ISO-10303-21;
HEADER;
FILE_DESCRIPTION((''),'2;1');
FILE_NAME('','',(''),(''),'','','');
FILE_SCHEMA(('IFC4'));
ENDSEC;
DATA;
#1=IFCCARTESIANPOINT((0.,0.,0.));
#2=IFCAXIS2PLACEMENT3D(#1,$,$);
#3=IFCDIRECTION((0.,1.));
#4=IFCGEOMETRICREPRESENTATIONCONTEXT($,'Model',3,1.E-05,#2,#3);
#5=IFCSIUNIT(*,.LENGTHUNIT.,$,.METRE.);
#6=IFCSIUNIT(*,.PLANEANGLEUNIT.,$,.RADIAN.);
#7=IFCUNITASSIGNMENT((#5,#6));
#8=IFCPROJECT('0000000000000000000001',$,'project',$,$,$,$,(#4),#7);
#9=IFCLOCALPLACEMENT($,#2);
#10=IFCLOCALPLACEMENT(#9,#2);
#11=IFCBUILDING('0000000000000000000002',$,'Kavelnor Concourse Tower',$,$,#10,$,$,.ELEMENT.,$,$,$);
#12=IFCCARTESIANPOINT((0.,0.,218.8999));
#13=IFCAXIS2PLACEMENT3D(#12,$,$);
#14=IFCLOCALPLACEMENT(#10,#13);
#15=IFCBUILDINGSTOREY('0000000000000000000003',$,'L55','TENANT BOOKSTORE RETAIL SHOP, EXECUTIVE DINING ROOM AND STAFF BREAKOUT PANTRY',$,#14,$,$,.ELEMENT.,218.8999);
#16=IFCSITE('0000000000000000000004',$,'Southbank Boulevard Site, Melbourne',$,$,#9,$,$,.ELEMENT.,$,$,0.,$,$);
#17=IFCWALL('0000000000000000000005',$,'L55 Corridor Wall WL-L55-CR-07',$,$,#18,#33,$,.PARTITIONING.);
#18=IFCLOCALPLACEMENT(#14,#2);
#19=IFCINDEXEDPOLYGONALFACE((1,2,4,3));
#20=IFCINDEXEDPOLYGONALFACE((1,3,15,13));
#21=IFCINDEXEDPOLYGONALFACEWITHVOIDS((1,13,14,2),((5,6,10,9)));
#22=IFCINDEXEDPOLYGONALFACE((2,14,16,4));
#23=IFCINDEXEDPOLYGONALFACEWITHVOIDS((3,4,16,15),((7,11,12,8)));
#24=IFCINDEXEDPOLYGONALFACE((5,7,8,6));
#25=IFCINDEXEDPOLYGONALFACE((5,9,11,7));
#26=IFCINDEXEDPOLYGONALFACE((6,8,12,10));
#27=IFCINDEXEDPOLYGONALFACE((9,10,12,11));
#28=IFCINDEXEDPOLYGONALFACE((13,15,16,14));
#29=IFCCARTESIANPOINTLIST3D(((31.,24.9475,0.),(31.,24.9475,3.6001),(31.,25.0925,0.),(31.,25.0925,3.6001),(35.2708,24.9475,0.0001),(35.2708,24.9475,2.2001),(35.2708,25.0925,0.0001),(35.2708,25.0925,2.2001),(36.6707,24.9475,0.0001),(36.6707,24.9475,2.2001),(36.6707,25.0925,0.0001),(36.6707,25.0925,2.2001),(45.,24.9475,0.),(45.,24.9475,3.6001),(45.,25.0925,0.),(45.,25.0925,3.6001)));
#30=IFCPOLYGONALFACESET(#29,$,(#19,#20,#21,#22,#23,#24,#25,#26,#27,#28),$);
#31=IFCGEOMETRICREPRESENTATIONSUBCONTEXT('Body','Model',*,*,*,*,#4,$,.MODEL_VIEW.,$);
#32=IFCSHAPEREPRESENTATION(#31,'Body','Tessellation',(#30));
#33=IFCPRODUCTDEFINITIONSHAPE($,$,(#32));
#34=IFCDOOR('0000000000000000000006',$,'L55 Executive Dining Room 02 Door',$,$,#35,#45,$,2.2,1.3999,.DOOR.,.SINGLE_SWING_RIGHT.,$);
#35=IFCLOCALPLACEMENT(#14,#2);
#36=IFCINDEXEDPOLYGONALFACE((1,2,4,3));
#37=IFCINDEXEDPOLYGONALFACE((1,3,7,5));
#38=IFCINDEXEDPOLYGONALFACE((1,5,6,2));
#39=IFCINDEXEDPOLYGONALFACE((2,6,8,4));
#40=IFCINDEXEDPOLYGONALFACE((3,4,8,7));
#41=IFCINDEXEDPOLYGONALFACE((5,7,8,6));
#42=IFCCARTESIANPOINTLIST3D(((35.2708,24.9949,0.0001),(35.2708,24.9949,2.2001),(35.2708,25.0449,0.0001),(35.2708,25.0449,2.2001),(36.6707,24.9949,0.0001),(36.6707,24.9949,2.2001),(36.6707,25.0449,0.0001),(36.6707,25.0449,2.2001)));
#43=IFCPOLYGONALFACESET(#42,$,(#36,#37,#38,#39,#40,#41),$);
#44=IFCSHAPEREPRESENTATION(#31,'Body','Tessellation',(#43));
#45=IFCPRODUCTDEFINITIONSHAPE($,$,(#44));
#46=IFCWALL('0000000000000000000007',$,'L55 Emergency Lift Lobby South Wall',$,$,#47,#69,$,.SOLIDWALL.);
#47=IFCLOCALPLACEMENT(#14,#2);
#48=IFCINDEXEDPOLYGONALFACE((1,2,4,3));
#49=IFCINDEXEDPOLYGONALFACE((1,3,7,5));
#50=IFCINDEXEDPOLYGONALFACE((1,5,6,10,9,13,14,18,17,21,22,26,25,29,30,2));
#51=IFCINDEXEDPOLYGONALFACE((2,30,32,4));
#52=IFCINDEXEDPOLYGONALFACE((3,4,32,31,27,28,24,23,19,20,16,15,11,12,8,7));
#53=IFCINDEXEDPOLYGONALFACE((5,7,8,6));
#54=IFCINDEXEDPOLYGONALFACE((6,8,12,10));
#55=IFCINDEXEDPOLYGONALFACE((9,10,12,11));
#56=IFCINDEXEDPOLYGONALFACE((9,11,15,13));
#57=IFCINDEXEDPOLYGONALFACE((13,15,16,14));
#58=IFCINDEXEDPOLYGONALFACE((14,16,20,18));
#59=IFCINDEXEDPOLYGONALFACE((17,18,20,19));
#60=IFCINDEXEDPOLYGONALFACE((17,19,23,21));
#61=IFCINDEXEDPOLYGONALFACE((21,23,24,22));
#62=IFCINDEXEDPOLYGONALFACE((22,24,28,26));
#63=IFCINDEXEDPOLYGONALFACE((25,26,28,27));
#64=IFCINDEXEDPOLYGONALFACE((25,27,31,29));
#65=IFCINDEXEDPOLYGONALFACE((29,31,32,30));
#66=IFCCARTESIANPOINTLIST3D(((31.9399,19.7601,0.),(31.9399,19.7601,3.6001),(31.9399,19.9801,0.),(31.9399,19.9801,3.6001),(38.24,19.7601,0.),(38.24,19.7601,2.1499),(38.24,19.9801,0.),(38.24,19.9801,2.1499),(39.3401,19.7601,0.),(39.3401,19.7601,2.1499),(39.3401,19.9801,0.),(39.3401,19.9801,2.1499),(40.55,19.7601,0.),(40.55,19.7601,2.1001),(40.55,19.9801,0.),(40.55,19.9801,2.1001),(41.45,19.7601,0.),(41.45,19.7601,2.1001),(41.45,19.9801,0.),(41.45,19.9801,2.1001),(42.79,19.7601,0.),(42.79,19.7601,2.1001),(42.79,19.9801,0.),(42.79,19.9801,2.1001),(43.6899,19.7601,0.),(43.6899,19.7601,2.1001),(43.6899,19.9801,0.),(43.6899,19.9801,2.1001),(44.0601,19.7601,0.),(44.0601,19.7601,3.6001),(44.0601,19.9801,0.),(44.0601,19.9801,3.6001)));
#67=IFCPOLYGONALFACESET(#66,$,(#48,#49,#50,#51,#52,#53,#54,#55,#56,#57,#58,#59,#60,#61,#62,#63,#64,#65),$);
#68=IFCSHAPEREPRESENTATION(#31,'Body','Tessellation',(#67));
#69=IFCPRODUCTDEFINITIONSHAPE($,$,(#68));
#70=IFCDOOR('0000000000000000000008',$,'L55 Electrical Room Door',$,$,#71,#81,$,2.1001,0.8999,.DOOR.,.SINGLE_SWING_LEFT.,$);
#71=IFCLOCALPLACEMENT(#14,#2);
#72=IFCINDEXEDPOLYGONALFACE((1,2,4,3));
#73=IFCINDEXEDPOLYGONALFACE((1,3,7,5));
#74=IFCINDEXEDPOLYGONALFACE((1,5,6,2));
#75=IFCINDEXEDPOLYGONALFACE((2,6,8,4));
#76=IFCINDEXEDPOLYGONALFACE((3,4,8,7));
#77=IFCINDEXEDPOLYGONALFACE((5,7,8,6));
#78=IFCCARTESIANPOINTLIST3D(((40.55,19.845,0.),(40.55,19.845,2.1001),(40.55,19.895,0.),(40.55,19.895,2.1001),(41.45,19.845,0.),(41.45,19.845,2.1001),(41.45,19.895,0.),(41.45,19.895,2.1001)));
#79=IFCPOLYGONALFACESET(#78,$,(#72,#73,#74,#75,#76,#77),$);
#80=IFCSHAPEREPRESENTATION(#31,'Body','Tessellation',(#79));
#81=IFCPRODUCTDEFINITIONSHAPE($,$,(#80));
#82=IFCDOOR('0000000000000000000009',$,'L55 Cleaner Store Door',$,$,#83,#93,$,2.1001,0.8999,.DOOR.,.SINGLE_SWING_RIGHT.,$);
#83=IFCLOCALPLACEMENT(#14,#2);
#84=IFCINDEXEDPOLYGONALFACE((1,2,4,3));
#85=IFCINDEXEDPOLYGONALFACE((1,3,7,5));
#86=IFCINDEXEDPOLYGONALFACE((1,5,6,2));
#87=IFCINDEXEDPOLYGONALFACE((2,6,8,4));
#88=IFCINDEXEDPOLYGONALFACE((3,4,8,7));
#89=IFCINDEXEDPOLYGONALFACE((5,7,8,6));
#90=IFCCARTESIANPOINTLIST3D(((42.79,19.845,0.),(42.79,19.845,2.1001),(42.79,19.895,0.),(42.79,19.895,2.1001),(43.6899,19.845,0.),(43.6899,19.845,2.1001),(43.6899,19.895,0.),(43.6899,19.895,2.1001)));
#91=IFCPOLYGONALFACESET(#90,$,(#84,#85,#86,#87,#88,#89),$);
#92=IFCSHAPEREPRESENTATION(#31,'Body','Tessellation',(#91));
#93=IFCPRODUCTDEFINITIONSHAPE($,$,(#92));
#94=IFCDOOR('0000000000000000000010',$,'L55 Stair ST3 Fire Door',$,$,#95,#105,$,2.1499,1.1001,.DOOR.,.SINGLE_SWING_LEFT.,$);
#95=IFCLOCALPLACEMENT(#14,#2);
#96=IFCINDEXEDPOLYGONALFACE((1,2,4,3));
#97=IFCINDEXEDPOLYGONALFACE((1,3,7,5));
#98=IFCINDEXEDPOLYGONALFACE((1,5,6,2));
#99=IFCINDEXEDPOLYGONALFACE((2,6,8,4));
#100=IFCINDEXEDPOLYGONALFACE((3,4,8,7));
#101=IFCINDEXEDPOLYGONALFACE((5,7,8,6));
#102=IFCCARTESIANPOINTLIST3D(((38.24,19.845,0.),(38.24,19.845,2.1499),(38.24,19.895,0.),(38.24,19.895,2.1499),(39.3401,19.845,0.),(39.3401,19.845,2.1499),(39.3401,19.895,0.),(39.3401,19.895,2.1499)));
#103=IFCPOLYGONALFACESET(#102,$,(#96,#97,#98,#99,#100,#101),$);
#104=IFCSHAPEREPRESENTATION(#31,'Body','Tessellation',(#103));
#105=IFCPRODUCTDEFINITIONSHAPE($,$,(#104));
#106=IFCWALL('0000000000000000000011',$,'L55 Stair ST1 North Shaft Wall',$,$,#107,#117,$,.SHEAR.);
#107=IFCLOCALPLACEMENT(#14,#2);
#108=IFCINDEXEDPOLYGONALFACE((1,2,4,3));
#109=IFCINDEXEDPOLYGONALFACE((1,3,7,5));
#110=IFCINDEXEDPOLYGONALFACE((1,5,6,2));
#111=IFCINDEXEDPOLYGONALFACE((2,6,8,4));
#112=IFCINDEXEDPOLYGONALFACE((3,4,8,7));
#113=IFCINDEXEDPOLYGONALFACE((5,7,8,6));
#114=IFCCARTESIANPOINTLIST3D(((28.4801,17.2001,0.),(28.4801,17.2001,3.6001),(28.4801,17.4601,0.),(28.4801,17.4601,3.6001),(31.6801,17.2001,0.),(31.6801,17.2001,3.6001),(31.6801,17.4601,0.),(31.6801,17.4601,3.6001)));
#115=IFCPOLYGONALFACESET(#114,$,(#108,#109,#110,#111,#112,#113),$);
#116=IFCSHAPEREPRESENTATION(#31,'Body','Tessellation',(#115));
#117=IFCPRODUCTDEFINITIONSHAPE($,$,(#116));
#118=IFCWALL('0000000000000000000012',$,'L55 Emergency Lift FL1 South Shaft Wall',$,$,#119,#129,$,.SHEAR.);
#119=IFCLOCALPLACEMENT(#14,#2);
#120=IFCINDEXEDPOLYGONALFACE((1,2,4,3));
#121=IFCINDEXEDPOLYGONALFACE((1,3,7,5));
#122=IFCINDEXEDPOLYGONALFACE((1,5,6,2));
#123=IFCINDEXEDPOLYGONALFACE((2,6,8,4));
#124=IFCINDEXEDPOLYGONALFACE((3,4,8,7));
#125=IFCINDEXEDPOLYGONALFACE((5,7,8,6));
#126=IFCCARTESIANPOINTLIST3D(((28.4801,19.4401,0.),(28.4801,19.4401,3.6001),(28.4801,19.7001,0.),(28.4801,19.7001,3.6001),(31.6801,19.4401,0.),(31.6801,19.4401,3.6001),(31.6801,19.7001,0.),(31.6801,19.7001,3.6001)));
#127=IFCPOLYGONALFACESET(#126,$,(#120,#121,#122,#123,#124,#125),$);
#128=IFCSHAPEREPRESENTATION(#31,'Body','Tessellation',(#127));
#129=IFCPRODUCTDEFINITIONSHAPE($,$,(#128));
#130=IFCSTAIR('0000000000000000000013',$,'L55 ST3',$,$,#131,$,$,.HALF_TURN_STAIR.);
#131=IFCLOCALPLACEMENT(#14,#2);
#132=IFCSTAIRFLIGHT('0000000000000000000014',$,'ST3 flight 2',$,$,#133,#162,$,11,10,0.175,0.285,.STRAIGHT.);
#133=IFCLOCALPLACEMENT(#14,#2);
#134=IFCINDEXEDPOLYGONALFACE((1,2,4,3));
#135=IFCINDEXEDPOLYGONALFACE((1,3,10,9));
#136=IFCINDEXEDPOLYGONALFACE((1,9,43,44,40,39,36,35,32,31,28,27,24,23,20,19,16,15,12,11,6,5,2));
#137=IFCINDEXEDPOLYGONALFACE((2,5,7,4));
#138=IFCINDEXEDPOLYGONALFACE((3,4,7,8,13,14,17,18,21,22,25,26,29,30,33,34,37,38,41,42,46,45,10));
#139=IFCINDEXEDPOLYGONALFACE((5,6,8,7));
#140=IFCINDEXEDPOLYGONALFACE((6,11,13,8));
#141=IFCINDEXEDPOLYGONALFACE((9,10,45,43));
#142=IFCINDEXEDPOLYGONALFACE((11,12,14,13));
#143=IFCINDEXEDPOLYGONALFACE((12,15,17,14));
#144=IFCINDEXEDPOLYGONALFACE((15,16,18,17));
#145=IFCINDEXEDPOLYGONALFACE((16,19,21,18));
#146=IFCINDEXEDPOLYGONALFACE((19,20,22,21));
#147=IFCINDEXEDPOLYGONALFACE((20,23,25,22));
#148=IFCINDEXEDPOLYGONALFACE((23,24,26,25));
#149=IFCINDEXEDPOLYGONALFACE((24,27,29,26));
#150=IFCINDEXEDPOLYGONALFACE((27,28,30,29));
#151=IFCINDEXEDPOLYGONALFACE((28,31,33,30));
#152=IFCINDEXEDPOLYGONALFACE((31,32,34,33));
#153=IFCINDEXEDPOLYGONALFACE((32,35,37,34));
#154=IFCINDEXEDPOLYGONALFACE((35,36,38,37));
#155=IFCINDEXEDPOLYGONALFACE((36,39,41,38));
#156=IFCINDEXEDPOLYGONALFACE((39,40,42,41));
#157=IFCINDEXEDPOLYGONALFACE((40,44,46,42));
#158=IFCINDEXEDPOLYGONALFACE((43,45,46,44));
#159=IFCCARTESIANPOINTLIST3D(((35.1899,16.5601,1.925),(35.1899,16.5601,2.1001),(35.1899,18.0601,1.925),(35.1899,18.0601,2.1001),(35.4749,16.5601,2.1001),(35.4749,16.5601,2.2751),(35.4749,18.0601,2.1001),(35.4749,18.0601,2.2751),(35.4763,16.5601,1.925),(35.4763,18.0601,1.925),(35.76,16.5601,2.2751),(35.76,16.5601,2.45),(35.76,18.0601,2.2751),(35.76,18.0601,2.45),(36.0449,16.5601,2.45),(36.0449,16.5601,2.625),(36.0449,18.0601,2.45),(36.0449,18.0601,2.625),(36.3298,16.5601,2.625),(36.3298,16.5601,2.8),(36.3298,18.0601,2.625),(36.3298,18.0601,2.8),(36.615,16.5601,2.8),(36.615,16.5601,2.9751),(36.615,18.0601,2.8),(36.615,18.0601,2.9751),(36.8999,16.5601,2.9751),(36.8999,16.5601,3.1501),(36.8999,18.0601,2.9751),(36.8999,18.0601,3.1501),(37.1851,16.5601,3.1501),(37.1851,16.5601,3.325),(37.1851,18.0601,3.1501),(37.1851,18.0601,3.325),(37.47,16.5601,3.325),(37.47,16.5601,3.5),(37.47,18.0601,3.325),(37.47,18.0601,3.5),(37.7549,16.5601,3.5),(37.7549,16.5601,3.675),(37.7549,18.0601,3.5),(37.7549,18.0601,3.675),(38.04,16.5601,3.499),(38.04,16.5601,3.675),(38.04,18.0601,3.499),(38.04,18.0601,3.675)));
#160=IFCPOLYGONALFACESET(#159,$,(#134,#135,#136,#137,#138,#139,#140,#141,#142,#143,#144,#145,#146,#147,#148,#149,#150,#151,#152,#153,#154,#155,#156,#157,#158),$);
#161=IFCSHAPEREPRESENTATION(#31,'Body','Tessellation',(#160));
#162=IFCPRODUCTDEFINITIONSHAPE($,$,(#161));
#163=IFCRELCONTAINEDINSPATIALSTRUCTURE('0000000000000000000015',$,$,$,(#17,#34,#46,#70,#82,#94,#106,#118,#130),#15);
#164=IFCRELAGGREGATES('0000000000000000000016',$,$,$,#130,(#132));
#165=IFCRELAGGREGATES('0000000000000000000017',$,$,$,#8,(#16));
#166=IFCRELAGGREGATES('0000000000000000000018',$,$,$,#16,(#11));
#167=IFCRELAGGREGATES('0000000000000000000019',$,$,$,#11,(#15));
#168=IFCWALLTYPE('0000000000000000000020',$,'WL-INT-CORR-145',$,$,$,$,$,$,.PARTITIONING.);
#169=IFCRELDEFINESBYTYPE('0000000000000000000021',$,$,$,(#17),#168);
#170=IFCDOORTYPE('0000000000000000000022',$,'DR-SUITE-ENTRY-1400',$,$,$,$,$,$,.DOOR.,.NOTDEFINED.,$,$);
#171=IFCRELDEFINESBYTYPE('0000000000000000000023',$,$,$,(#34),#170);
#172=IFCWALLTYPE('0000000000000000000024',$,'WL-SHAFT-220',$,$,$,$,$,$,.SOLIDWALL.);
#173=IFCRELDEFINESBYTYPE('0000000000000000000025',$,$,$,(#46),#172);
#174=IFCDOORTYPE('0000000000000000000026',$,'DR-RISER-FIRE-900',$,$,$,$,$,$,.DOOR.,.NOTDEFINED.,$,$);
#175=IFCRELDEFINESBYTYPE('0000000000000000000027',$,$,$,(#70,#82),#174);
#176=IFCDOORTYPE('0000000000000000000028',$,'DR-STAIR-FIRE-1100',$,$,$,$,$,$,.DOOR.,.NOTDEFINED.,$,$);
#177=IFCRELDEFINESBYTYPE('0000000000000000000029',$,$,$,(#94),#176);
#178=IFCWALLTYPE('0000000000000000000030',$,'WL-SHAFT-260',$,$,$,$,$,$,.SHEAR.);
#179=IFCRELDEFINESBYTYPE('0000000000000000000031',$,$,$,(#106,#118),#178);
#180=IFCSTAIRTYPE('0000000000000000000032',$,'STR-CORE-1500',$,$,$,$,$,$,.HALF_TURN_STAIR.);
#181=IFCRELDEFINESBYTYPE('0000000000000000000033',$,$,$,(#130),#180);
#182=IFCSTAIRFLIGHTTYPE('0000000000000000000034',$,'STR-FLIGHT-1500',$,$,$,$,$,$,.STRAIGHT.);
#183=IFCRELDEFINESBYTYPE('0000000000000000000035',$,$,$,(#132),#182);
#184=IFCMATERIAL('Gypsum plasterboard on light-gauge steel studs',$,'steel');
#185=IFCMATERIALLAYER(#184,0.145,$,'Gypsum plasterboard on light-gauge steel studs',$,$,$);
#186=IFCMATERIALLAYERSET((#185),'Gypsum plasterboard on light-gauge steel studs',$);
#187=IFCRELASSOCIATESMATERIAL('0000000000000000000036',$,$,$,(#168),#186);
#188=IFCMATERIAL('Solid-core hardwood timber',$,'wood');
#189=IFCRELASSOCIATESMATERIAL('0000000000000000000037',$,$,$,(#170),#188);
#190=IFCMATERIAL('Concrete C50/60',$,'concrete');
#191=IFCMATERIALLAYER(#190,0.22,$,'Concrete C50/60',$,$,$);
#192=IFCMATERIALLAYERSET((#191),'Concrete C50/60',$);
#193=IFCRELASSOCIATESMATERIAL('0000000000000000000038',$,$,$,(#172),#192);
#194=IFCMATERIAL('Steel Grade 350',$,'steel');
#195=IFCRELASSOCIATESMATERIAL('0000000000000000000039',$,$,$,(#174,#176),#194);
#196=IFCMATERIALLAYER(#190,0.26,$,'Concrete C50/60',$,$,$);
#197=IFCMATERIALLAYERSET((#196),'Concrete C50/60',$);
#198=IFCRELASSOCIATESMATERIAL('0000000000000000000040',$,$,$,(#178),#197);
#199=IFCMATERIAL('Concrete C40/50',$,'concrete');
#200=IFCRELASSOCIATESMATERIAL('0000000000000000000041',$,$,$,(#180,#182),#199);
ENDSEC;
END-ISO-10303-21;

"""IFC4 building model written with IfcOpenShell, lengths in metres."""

from ifc_helpers import new_model, si_unit, direction, frame, frame_2d, origin, place, context, subcontext, project, spatial, polyline, rectangle, outline, extrude, material, layer, layer_set, type_object, element, fill, aggregate, save


model = new_model("IFC4")

# Units and contexts
model_context = context("Model", 3, precision=1e-05, world=origin(), true_north=direction((0.0, 1.0)))
body_context = subcontext(model_context, "Body", "Model", "MODEL_VIEW")
ifc_project = project(units=[si_unit("LENGTHUNIT", "METRE"), si_unit("PLANEANGLEUNIT", "RADIAN")], contexts=[model_context])

# Site, building, storey
site_placement = place(None, origin())
site = spatial("IfcSite", under=ifc_project, at=site_placement, Name="Southbank Boulevard Site, Melbourne", CompositionType="ELEMENT", RefElevation=0.0)
building_placement = place(site_placement, origin())
building = spatial("IfcBuilding", under=site, at=building_placement, Name="Kavelnor Concourse Tower", CompositionType="ELEMENT")
storey_placement = place(building_placement, frame((0.0, 0.0, 218.8999)))
storey = spatial("IfcBuildingStorey", under=building, at=storey_placement, Name="L55", Description="TENANT BOOKSTORE RETAIL SHOP, EXECUTIVE DINING ROOM AND STAFF BREAKOUT PANTRY", CompositionType="ELEMENT", Elevation=218.8999)

# Shared definitions
ifc_material_1 = material(Name="Steel Grade 350", Category="steel")

# Shared definitions
ifc_material_2 = material(Name="Concrete C50/60", Category="concrete")

# Shared definitions
ifc_material_3 = material(Name="Gypsum plasterboard on light-gauge steel studs", Category="steel")
ifc_layer_1 = layer(ifc_material_3, 0.145, Name="Gypsum plasterboard on light-gauge steel studs")
ifc_layer_set_1 = layer_set([ifc_layer_1], Name="Gypsum plasterboard on light-gauge steel studs")
wall_type_1 = type_object("IfcWallType", Name="WL-INT-CORR-145", PredefinedType="PARTITIONING", material=ifc_layer_set_1)

# Wall, opening, door
wall_1_placement = place(storey_placement, frame((31.0, 25.02, 0.0), z_axis=(0.0, 0.0, 1.0), x_axis=(1.0, 0.0, 0.0)))
wall_1 = element("IfcWall", 1, at=wall_1_placement, inside=storey, type_object=wall_type_1, Name="L55 Corridor Wall WL-L55-CR-07", PredefinedType="PARTITIONING", context=body_context, shape_type="SweptSolid", body=[
    extrude(rectangle(XDim=14.0, YDim=0.145, at=frame_2d((7.0, 0.0))), origin(), (0.0, 0.0, 1.0), 3.6001),
])
opening_1_placement = place(wall_1_placement, frame((4.2708, 0.0, 0.0)))
opening_1 = element("IfcOpeningElement", 2, at=opening_1_placement, cuts=wall_1, PredefinedType="OPENING", context=body_context, shape_type="SweptSolid", body=[
    extrude(rectangle(XDim=1.3999, YDim=2.2, at=frame_2d((0.7, 1.1001))), frame((0.0, 0.0825, 0.0), z_axis=(0.0, -1.0, 0.0), x_axis=(1.0, 0.0, 0.0)), (0.0, 0.0, 1.0), 0.165),
])
ifc_material_4 = material(Name="Solid-core hardwood timber", Category="wood")
door_type_1 = type_object("IfcDoorType", Name="DR-SUITE-ENTRY-1400", OperationType="NOTDEFINED", PredefinedType="DOOR", material=ifc_material_4)
door_1_placement = place(opening_1_placement, origin())
door_1 = element("IfcDoor", 3, at=door_1_placement, inside=storey, type_object=door_type_1, Name="L55 Executive Dining Room 02 Door", OperationType="SINGLE_SWING_RIGHT", OverallHeight=2.2, OverallWidth=1.3999, PredefinedType="DOOR", context=body_context, shape_type="SweptSolid", body=[
    extrude(rectangle(XDim=1.3999, YDim=2.2, at=frame_2d((0.7, 1.1001))), frame((0.0, 0.0249, 0.0), z_axis=(0.0, -1.0, 0.0), x_axis=(1.0, 0.0, 0.0)), (0.0, 0.0, 1.0), 0.05),
])
fill(opening_1, door_1)

# Wall, openings, doors
ifc_layer_2 = layer(ifc_material_2, 0.22, Name="Concrete C50/60")
ifc_layer_set_2 = layer_set([ifc_layer_2], Name="Concrete C50/60")
wall_type_2 = type_object("IfcWallType", Name="WL-SHAFT-220", PredefinedType="SOLIDWALL", material=ifc_layer_set_2)
wall_2_placement = place(storey_placement, frame((31.9399, 19.8701, 0.0), z_axis=(0.0, 0.0, 1.0), x_axis=(1.0, 0.0, 0.0)))
wall_2 = element("IfcWall", 4, at=wall_2_placement, inside=storey, type_object=wall_type_2, Name="L55 Emergency Lift Lobby South Wall", PredefinedType="SOLIDWALL", context=body_context, shape_type="SweptSolid", body=[
    extrude(rectangle(XDim=12.1201, YDim=0.22, at=frame_2d((6.0601, 0.0))), origin(), (0.0, 0.0, 1.0), 3.6001),
])
opening_2_placement = place(wall_2_placement, frame((6.3, 0.0, 0.0)))
opening_2 = element("IfcOpeningElement", 5, at=opening_2_placement, cuts=wall_2, PredefinedType="OPENING", context=body_context, shape_type="SweptSolid", body=[
    extrude(rectangle(XDim=1.1001, YDim=2.1499, at=frame_2d((0.55, 1.075))), frame((0.0, 0.1201, 0.0), z_axis=(0.0, -1.0, 0.0), x_axis=(1.0, 0.0, 0.0)), (0.0, 0.0, 1.0), 0.24),
])
opening_3_placement = place(wall_2_placement, frame((8.6101, 0.0, 0.0)))
opening_3 = element("IfcOpeningElement", 6, at=opening_3_placement, cuts=wall_2, PredefinedType="OPENING", context=body_context, shape_type="SweptSolid", body=[
    extrude(rectangle(XDim=0.8999, YDim=2.1001, at=frame_2d((0.45, 1.05))), frame((0.0, 0.1201, 0.0), z_axis=(0.0, -1.0, 0.0), x_axis=(1.0, 0.0, 0.0)), (0.0, 0.0, 1.0), 0.24),
])
opening_4_placement = place(wall_2_placement, frame((10.8501, 0.0, 0.0)))
opening_4 = element("IfcOpeningElement", 7, at=opening_4_placement, cuts=wall_2, PredefinedType="OPENING", context=body_context, shape_type="SweptSolid", body=[
    extrude(rectangle(XDim=0.8999, YDim=2.1001, at=frame_2d((0.45, 1.05))), frame((0.0, 0.1201, 0.0), z_axis=(0.0, -1.0, 0.0), x_axis=(1.0, 0.0, 0.0)), (0.0, 0.0, 1.0), 0.24),
])
door_type_2 = type_object("IfcDoorType", Name="DR-RISER-FIRE-900", OperationType="NOTDEFINED", PredefinedType="DOOR", material=ifc_material_1)
door_2_placement = place(opening_3_placement, origin())
door_2 = element("IfcDoor", 8, at=door_2_placement, inside=storey, type_object=door_type_2, Name="L55 Electrical Room Door", OperationType="SINGLE_SWING_LEFT", OverallHeight=2.1001, OverallWidth=0.8999, PredefinedType="DOOR", context=body_context, shape_type="SweptSolid", body=[
    extrude(rectangle(XDim=0.8999, YDim=2.1001, at=frame_2d((0.45, 1.05))), frame((0.0, 0.0249, 0.0), z_axis=(0.0, -1.0, 0.0), x_axis=(1.0, 0.0, 0.0)), (0.0, 0.0, 1.0), 0.05),
])
fill(opening_3, door_2)
door_3_placement = place(opening_4_placement, origin())
door_3 = element("IfcDoor", 9, at=door_3_placement, inside=storey, type_object=door_type_2, Name="L55 Cleaner Store Door", OperationType="SINGLE_SWING_RIGHT", OverallHeight=2.1001, OverallWidth=0.8999, PredefinedType="DOOR", context=body_context, shape_type="SweptSolid", body=[
    extrude(rectangle(XDim=0.8999, YDim=2.1001, at=frame_2d((0.45, 1.05))), frame((0.0, 0.0249, 0.0), z_axis=(0.0, -1.0, 0.0), x_axis=(1.0, 0.0, 0.0)), (0.0, 0.0, 1.0), 0.05),
])
fill(opening_4, door_3)
door_type_3 = type_object("IfcDoorType", Name="DR-STAIR-FIRE-1100", OperationType="NOTDEFINED", PredefinedType="DOOR", material=ifc_material_1)
door_4_placement = place(opening_2_placement, origin())
door_4 = element("IfcDoor", 10, at=door_4_placement, inside=storey, type_object=door_type_3, Name="L55 Stair ST3 Fire Door", OperationType="SINGLE_SWING_LEFT", OverallHeight=2.1499, OverallWidth=1.1001, PredefinedType="DOOR", context=body_context, shape_type="SweptSolid", body=[
    extrude(rectangle(XDim=1.1001, YDim=2.1499, at=frame_2d((0.55, 1.075))), frame((0.0, 0.0249, 0.0), z_axis=(0.0, -1.0, 0.0), x_axis=(1.0, 0.0, 0.0)), (0.0, 0.0, 1.0), 0.05),
])
fill(opening_2, door_4)

# Walls
ifc_layer_3 = layer(ifc_material_2, 0.26, Name="Concrete C50/60")
ifc_layer_set_3 = layer_set([ifc_layer_3], Name="Concrete C50/60")
wall_type_3 = type_object("IfcWallType", Name="WL-SHAFT-260", PredefinedType="SHEAR", material=ifc_layer_set_3)
for number, where, z_axis, x_axis, name in (
    (11, (28.48, 17.3301, 0.0), (0.0, 0.0, 1.0), (1.0, 0.0, 0.0), "L55 Stair ST1 North Shaft Wall"),
    (12, (28.48, 19.5701, 0.0), (0.0, 0.0, 1.0), (1.0, 0.0, 0.0), "L55 Emergency Lift FL1 South Shaft Wall"),
):
    element("IfcWall", number, at=place(storey_placement, frame(where, z_axis=z_axis, x_axis=x_axis)), inside=storey, type_object=wall_type_3, Name=name, PredefinedType="SHEAR", context=body_context, shape_type="SweptSolid", body=[
        extrude(rectangle(XDim=3.2, YDim=0.26, at=frame_2d((1.6001, 0.0))), origin(), (0.0, 0.0, 1.0), 3.6001),
    ])

# Stair, stair flight
ifc_material_5 = material(Name="Concrete C40/50", Category="concrete")
stair_type = type_object("IfcStairType", Name="STR-CORE-1500", PredefinedType="HALF_TURN_STAIR", material=ifc_material_5)
stair_placement = place(storey_placement, origin())
stair = element("IfcStair", 13, at=stair_placement, inside=storey, type_object=stair_type, Name="L55 ST3", PredefinedType="HALF_TURN_STAIR")
stair_flight_type = type_object("IfcStairFlightType", Name="STR-FLIGHT-1500", PredefinedType="STRAIGHT", material=ifc_material_5)
stair_flight_placement = place(storey_placement, frame((35.1899, 17.3101, 1.925), z_axis=(0.0, 0.0, 1.0), x_axis=(1.0, 0.0, 0.0)))
stair_flight = element("IfcStairFlight", 14, at=stair_flight_placement, type_object=stair_flight_type, Name="ST3 flight 2", NumberOfRisers=11, NumberOfTreads=10, PredefinedType="STRAIGHT", RiserHeight=0.175, TreadLength=0.285, context=body_context, shape_type="SweptSolid", body=[
    extrude(outline(polyline([(0.0, 0.0), (0.0, 0.175), (0.2849, 0.175), (0.2849, 0.3501), (0.5701, 0.3501), (0.5701, 0.5249), (0.855, 0.5249), (0.855, 0.7), (1.1399, 0.7), (1.1399, 0.875), (1.425, 0.875), (1.425, 1.05), (1.71, 1.05), (1.71, 1.2251), (1.9951, 1.2251), (1.9951, 1.3999), (2.28, 1.3999), (2.28, 1.575), (2.5649, 1.575), (2.5649, 1.75), (2.8501, 1.75), (2.8501, 1.925), (2.8501, 1.574), (0.2864, 0.0), (0.0, 0.0)])), frame((0.0, 0.75, 0.0), z_axis=(0.0, -1.0, 0.0), x_axis=(1.0, 0.0, 0.0)), (0.0, 0.0, 1.0), 1.5),
])
aggregate(stair, [stair_flight])

save(model, "model.ifc")
